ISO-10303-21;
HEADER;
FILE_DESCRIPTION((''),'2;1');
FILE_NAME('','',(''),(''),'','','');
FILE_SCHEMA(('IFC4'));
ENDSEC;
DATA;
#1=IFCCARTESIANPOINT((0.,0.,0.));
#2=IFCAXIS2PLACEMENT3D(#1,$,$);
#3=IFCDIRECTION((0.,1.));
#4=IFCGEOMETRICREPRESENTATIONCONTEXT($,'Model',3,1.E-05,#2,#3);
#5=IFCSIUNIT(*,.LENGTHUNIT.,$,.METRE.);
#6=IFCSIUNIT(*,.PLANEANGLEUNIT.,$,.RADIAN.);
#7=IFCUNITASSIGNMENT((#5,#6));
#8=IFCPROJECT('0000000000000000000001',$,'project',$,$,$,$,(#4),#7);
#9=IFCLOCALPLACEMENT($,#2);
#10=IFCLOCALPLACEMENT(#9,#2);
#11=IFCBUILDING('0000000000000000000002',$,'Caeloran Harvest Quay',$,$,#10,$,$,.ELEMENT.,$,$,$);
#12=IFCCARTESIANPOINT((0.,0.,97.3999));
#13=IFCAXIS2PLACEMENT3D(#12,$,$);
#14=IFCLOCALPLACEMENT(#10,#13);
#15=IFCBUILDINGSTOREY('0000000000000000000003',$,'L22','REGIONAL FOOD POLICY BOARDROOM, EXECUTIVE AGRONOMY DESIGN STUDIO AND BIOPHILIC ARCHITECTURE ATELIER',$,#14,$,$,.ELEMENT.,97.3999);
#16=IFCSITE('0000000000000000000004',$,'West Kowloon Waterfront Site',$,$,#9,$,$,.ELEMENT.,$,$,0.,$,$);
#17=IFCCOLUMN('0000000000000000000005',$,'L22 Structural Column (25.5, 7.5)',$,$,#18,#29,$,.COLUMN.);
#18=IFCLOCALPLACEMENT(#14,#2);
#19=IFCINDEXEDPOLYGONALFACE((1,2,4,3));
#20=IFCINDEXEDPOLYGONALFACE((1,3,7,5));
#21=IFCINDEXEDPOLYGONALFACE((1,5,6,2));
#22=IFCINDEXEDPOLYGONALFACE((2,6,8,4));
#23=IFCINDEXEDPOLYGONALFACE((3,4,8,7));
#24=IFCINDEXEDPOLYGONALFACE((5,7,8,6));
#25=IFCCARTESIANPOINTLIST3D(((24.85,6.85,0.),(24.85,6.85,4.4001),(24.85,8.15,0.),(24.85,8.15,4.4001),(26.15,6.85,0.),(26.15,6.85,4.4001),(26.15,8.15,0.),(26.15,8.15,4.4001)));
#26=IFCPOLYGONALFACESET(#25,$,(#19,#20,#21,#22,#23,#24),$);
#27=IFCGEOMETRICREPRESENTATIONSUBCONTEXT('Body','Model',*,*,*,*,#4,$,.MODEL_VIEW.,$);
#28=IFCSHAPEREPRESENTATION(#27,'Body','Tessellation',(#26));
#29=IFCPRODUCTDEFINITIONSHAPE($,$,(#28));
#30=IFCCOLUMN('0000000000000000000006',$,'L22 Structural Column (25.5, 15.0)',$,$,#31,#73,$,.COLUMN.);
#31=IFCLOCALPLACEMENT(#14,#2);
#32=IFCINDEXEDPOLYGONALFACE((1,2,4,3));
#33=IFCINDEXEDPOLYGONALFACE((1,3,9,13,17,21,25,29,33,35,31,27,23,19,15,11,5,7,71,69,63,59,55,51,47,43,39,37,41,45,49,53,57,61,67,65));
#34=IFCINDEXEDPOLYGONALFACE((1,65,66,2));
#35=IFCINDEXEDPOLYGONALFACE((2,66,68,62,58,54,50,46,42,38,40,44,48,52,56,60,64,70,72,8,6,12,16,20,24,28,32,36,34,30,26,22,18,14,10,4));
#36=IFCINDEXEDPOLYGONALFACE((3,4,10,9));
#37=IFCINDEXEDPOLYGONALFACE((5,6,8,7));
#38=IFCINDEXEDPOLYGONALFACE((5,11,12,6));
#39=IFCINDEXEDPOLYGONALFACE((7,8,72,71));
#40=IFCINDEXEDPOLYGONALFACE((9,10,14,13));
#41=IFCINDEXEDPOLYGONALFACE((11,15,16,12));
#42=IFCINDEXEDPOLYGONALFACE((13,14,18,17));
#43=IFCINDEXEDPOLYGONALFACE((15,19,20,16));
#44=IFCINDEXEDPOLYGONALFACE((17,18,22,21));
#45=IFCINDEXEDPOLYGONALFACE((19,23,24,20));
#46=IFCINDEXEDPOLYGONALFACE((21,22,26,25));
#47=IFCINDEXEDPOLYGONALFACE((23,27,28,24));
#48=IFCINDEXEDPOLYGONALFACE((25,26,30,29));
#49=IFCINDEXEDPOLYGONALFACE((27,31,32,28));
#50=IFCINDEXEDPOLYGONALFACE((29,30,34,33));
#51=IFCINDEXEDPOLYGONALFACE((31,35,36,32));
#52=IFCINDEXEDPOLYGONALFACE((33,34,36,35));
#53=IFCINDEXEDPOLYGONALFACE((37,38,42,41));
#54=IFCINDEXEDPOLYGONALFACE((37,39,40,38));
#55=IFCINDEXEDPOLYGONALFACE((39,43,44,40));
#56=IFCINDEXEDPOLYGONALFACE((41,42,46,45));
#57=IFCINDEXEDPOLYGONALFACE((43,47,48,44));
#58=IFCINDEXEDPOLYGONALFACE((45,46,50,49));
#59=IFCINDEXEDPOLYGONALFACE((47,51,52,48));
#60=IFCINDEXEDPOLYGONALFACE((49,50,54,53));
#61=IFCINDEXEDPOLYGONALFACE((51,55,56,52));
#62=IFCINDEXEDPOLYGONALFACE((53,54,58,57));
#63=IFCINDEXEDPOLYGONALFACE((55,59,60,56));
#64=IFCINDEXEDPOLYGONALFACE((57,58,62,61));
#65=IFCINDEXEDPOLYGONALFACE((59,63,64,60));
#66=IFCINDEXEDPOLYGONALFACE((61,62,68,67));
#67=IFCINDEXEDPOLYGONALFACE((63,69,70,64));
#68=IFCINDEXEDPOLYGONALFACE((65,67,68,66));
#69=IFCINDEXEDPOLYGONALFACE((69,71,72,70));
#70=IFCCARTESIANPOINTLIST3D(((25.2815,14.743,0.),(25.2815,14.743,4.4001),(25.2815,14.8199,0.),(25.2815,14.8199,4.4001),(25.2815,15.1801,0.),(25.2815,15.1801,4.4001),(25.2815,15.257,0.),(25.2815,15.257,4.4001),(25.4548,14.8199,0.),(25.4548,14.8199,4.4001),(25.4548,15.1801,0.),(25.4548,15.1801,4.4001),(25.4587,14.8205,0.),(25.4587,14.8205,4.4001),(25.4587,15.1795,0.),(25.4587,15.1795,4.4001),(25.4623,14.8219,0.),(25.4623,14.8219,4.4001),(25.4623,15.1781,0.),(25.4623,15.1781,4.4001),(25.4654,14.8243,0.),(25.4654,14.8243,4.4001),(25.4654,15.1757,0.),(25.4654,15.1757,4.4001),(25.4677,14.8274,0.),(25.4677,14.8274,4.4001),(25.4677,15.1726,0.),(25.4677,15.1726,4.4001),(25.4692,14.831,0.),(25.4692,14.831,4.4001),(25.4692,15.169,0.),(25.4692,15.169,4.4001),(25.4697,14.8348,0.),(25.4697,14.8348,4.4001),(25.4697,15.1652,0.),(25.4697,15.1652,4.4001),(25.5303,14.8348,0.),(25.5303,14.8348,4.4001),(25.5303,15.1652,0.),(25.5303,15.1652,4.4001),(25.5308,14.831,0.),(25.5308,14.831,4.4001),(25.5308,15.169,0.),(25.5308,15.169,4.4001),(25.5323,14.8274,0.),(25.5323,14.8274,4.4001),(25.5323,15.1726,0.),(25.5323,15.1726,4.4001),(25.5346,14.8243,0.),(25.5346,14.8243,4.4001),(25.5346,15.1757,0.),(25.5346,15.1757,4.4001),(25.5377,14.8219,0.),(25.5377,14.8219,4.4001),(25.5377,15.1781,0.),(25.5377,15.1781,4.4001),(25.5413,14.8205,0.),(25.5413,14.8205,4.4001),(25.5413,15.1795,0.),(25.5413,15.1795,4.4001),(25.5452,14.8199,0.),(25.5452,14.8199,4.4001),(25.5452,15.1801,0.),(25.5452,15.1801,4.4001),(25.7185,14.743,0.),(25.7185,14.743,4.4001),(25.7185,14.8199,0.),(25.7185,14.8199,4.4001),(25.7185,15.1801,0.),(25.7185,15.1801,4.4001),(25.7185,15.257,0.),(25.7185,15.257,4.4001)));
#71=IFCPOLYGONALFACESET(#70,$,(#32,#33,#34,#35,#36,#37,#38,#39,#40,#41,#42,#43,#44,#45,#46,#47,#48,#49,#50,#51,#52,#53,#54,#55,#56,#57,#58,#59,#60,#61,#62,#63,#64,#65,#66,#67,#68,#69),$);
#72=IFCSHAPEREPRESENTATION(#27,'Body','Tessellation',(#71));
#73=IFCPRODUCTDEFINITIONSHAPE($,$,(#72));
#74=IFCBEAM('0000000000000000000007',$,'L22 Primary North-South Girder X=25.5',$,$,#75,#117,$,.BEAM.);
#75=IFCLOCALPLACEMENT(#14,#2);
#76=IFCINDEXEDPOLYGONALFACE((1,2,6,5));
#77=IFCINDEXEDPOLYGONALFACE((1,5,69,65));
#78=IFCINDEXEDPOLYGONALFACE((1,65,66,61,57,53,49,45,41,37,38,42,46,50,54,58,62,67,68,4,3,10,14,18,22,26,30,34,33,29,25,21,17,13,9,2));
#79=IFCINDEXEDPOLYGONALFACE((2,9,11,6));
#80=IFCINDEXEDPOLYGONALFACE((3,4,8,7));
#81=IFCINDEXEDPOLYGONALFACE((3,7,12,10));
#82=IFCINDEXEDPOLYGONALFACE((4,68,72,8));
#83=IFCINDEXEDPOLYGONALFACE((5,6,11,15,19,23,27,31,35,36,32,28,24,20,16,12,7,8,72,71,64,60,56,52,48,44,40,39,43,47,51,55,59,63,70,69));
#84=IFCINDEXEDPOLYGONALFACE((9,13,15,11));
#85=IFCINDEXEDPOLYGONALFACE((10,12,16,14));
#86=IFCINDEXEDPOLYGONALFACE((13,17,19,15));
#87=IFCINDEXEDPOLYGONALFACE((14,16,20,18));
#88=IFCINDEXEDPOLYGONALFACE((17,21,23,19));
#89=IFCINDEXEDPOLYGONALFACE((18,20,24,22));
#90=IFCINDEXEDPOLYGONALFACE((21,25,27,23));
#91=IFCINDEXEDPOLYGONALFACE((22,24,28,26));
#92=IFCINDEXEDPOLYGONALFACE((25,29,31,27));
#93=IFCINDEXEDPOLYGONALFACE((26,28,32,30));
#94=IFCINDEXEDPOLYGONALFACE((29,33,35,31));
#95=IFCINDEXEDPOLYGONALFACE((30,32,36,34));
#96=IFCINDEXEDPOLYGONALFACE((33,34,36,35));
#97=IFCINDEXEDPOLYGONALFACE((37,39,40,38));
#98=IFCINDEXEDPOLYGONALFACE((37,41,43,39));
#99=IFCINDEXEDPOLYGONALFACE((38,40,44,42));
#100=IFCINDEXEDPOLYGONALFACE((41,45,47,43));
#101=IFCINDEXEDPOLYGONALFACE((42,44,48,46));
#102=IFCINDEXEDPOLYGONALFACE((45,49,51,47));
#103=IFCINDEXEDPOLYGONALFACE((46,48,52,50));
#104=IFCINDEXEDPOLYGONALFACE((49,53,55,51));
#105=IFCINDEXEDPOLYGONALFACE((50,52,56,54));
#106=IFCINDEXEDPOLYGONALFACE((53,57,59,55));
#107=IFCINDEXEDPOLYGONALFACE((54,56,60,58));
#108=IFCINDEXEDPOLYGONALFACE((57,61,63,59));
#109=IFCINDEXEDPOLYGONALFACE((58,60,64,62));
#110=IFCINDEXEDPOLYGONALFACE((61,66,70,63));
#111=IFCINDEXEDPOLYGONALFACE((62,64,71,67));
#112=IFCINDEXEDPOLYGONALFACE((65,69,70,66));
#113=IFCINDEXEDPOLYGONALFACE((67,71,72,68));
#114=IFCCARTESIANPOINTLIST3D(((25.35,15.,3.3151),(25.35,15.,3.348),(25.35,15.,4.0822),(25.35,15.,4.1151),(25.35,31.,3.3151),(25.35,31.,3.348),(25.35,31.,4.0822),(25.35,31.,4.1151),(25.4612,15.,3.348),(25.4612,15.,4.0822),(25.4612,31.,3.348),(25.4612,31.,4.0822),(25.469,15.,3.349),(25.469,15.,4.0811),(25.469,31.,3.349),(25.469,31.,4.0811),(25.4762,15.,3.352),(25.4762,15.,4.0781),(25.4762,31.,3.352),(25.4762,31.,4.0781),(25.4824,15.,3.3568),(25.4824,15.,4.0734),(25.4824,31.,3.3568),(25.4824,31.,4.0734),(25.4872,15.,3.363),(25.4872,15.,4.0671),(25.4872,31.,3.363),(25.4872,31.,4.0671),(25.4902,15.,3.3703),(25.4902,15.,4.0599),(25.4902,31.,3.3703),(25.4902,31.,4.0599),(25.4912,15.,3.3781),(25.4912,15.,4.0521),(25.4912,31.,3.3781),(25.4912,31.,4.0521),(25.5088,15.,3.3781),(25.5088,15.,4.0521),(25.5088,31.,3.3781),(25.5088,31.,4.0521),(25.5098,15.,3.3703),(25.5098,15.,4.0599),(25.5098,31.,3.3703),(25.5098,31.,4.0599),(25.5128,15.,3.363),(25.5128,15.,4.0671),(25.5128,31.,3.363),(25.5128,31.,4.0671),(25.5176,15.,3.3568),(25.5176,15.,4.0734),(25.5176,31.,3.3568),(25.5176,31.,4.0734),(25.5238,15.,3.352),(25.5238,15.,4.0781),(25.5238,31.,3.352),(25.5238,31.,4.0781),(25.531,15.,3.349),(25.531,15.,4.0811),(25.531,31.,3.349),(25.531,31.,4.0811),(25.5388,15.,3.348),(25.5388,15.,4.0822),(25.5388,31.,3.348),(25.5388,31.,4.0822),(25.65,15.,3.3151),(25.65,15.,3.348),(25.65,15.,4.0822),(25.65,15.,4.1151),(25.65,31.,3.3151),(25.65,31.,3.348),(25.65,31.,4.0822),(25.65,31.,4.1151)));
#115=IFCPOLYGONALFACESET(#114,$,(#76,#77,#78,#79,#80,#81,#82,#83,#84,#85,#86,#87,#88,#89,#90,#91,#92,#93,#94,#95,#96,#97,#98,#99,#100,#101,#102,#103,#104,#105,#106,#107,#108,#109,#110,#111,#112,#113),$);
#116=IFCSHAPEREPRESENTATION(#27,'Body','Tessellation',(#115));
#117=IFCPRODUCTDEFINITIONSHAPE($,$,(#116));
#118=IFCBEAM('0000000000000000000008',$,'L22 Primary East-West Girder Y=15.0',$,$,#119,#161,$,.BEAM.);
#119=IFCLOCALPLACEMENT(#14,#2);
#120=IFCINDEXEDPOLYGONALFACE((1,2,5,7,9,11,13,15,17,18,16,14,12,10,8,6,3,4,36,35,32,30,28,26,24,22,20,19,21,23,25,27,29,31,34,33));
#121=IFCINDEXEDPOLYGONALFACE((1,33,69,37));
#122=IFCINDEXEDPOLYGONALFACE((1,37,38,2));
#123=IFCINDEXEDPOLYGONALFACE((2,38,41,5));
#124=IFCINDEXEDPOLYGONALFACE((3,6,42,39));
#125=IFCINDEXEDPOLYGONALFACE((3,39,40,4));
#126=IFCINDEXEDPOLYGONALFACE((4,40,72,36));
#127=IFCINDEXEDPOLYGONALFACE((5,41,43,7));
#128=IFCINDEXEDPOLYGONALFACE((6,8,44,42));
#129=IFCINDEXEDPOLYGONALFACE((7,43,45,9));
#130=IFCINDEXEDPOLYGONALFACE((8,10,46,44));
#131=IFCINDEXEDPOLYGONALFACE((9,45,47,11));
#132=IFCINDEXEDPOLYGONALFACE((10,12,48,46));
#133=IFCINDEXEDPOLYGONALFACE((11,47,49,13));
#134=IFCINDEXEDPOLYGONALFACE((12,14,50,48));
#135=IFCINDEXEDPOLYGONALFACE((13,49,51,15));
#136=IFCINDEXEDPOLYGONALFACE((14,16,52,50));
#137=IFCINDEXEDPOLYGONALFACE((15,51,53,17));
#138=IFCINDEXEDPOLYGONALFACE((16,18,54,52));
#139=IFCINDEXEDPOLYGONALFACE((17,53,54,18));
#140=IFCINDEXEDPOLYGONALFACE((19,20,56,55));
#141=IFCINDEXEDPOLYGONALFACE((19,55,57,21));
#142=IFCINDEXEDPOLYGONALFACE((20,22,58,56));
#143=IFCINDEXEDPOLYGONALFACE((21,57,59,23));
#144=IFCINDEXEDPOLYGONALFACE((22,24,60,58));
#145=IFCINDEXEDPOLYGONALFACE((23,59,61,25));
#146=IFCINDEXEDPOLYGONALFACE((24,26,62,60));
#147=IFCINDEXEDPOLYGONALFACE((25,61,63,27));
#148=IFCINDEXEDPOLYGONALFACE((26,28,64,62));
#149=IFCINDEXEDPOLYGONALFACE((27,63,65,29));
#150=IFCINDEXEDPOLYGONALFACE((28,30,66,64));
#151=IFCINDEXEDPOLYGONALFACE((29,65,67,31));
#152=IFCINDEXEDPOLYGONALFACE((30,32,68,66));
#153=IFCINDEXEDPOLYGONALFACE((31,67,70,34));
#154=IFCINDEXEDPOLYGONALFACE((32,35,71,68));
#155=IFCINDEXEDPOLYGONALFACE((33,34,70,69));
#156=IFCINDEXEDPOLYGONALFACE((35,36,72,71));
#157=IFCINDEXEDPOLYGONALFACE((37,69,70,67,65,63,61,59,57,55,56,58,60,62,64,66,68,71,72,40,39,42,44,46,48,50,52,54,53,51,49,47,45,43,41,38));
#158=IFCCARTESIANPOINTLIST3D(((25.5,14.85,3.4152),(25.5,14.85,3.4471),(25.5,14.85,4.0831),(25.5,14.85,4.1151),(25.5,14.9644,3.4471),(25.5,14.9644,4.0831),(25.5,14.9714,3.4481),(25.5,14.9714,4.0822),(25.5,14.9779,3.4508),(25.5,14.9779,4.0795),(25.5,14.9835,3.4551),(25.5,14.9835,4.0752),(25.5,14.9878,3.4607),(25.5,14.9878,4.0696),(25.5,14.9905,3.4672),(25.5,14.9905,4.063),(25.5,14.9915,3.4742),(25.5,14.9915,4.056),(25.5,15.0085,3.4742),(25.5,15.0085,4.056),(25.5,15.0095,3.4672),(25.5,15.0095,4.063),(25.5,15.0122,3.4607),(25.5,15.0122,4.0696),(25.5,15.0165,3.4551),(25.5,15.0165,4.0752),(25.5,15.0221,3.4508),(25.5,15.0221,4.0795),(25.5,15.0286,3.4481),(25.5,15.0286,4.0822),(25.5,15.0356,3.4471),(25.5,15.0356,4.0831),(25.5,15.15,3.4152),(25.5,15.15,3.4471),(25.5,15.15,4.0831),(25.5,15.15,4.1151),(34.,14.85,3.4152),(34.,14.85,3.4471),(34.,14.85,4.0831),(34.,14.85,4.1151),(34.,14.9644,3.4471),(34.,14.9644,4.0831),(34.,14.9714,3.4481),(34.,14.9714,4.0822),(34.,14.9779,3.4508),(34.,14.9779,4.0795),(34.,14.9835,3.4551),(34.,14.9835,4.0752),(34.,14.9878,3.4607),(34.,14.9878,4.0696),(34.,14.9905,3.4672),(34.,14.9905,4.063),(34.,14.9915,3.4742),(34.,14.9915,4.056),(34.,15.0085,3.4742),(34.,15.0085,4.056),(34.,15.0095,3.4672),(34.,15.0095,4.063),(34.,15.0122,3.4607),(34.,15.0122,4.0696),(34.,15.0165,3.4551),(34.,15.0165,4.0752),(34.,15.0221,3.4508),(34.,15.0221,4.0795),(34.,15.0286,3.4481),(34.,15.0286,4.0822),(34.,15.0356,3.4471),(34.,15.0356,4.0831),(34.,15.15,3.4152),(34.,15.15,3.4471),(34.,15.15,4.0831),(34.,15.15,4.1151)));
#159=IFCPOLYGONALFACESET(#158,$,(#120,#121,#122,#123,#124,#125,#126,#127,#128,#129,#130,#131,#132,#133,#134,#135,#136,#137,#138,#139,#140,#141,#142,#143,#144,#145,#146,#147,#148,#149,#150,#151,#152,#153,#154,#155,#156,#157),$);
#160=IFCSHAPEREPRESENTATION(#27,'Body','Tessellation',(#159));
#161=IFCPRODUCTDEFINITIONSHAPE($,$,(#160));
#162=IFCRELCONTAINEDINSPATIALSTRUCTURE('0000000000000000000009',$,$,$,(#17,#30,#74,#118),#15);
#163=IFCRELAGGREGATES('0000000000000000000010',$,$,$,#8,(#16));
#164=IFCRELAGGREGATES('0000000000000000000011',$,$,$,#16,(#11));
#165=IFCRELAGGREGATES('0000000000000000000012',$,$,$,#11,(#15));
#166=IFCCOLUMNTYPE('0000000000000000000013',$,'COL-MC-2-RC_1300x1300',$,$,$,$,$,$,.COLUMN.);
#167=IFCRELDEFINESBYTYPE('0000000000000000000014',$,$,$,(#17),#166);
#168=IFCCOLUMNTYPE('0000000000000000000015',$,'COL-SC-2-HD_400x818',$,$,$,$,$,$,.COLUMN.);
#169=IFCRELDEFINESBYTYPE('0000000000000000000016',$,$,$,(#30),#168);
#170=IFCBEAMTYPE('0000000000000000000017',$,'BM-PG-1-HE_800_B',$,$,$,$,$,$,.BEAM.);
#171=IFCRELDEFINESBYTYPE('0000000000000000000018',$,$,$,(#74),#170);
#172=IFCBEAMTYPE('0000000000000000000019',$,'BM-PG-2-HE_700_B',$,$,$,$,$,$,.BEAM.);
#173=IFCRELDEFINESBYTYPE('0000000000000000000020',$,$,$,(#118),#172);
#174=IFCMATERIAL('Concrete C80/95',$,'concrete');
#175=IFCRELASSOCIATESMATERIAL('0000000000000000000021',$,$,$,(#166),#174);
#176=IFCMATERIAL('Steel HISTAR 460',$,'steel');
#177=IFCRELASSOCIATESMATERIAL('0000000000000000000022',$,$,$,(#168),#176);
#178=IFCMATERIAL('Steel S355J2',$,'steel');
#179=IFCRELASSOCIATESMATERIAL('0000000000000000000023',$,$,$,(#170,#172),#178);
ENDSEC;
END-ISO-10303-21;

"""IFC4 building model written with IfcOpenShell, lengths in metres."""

from ifc_helpers import new_model, si_unit, direction, frame, origin, origin_2d, place, context, subcontext, project, spatial, rectangle, i_section, extrude, material, material_profile, profile_set, type_object, element, save


model = new_model("IFC4")

# Units and contexts
model_context = context("Model", 3, precision=1e-05, world=origin(), true_north=direction((0.0, 1.0)))
body_context = subcontext(model_context, "Body", "Model", "MODEL_VIEW")
ifc_project = project(units=[si_unit("LENGTHUNIT", "METRE"), si_unit("PLANEANGLEUNIT", "RADIAN")], contexts=[model_context])

# Site, building, storey
site_placement = place(None, origin())
site = spatial("IfcSite", under=ifc_project, at=site_placement, Name="West Kowloon Waterfront Site", CompositionType="ELEMENT", RefElevation=0.0)
building_placement = place(site_placement, origin())
building = spatial("IfcBuilding", under=site, at=building_placement, Name="Caeloran Harvest Quay", CompositionType="ELEMENT")
storey_placement = place(building_placement, frame((0.0, 0.0, 97.3999)))
storey = spatial("IfcBuildingStorey", under=building, at=storey_placement, Name="L22", Description="REGIONAL FOOD POLICY BOARDROOM, EXECUTIVE AGRONOMY DESIGN STUDIO AND BIOPHILIC ARCHITECTURE ATELIER", CompositionType="ELEMENT", Elevation=97.3999)

# Columns
ifc_material_1 = material(Name="Concrete C80/95", Category="concrete")
ifc_material_profile_1 = material_profile(ifc_material_1, rectangle(XDim=1.3, YDim=1.3, at=origin_2d()), Name="RC 1300x1300")
ifc_profile_set_1 = profile_set([ifc_material_profile_1], Name="Concrete C80/95")
column_type_1 = type_object("IfcColumnType", Name="COL-MC-2-RC_1300x1300", PredefinedType="COLUMN", material=ifc_profile_set_1)
column_1_placement = place(storey_placement, frame((25.5, 7.5, 0.0), z_axis=(0.0, 0.0, 1.0), x_axis=(1.0, 0.0, 0.0)))
element("IfcColumn", 1, at=column_1_placement, inside=storey, type_object=column_type_1, Name="L22 Structural Column (25.5, 7.5)", PredefinedType="COLUMN", context=body_context, shape_type="SweptSolid", body=[
    extrude(rectangle(XDim=1.3, YDim=1.3, at=origin_2d()), origin(), (0.0, 0.0, 1.0), 4.4001),
])
ifc_material_2 = material(Name="Steel HISTAR 460", Category="steel")
ifc_material_profile_2 = material_profile(ifc_material_2, i_section(OverallWidth=0.437, OverallDepth=0.5139, WebThickness=0.0605, FlangeThickness=0.0769, FilletRadius=0.0149, at=origin_2d()), Name="HD 400x818")
ifc_profile_set_2 = profile_set([ifc_material_profile_2], Name="Steel HISTAR 460")
column_type_2 = type_object("IfcColumnType", Name="COL-SC-2-HD_400x818", PredefinedType="COLUMN", material=ifc_profile_set_2)
column_2_placement = place(storey_placement, frame((25.5, 15.0, 0.0), z_axis=(0.0, 0.0, 1.0), x_axis=(1.0, 0.0, 0.0)))
element("IfcColumn", 2, at=column_2_placement, inside=storey, type_object=column_type_2, Name="L22 Structural Column (25.5, 15.0)", PredefinedType="COLUMN", context=body_context, shape_type="SweptSolid", body=[
    extrude(i_section(OverallWidth=0.437, OverallDepth=0.5139, WebThickness=0.0605, FlangeThickness=0.0769, FilletRadius=0.0149, at=origin_2d()), origin(), (0.0, 0.0, 1.0), 4.4001),
])

# Beams
ifc_material_3 = material(Name="Steel S355J2", Category="steel")
ifc_material_profile_3 = material_profile(ifc_material_3, i_section(OverallWidth=0.3, OverallDepth=0.8, WebThickness=0.0176, FlangeThickness=0.033, FilletRadius=0.03, at=origin_2d()), Name="HE 800 B")
ifc_profile_set_3 = profile_set([ifc_material_profile_3], Name="Steel S355J2")
beam_type_1 = type_object("IfcBeamType", Name="BM-PG-1-HE_800_B", PredefinedType="BEAM", material=ifc_profile_set_3)
beam_1_placement = place(storey_placement, frame((25.5, 15.0, 3.7151), z_axis=(0.0, 1.0, 0.0), x_axis=(-1.0, 0.0, 0.0)))
element("IfcBeam", 3, at=beam_1_placement, inside=storey, type_object=beam_type_1, Name="L22 Primary North-South Girder X=25.5", PredefinedType="BEAM", context=body_context, shape_type="SweptSolid", body=[
    extrude(i_section(OverallWidth=0.3, OverallDepth=0.8, WebThickness=0.0176, FlangeThickness=0.033, FilletRadius=0.03, at=origin_2d()), origin(), (0.0, 0.0, 1.0), 16.0),
])
ifc_material_profile_4 = material_profile(ifc_material_3, i_section(OverallWidth=0.3, OverallDepth=0.7, WebThickness=0.0171, FlangeThickness=0.032, FilletRadius=0.0271, at=origin_2d()), Name="HE 700 B")
ifc_profile_set_4 = profile_set([ifc_material_profile_4], Name="Steel S355J2")
beam_type_2 = type_object("IfcBeamType", Name="BM-PG-2-HE_700_B", PredefinedType="BEAM", material=ifc_profile_set_4)
beam_2_placement = place(storey_placement, frame((25.5, 15.0, 3.7651), z_axis=(1.0, 0.0, 0.0), x_axis=(0.0, 1.0, 0.0)))
element("IfcBeam", 4, at=beam_2_placement, inside=storey, type_object=beam_type_2, Name="L22 Primary East-West Girder Y=15.0", PredefinedType="BEAM", context=body_context, shape_type="SweptSolid", body=[
    extrude(i_section(OverallWidth=0.3, OverallDepth=0.7, WebThickness=0.0171, FlangeThickness=0.032, FilletRadius=0.0271, at=origin_2d()), origin(), (0.0, 0.0, 1.0), 8.5),
])

save(model, "model.ifc")
